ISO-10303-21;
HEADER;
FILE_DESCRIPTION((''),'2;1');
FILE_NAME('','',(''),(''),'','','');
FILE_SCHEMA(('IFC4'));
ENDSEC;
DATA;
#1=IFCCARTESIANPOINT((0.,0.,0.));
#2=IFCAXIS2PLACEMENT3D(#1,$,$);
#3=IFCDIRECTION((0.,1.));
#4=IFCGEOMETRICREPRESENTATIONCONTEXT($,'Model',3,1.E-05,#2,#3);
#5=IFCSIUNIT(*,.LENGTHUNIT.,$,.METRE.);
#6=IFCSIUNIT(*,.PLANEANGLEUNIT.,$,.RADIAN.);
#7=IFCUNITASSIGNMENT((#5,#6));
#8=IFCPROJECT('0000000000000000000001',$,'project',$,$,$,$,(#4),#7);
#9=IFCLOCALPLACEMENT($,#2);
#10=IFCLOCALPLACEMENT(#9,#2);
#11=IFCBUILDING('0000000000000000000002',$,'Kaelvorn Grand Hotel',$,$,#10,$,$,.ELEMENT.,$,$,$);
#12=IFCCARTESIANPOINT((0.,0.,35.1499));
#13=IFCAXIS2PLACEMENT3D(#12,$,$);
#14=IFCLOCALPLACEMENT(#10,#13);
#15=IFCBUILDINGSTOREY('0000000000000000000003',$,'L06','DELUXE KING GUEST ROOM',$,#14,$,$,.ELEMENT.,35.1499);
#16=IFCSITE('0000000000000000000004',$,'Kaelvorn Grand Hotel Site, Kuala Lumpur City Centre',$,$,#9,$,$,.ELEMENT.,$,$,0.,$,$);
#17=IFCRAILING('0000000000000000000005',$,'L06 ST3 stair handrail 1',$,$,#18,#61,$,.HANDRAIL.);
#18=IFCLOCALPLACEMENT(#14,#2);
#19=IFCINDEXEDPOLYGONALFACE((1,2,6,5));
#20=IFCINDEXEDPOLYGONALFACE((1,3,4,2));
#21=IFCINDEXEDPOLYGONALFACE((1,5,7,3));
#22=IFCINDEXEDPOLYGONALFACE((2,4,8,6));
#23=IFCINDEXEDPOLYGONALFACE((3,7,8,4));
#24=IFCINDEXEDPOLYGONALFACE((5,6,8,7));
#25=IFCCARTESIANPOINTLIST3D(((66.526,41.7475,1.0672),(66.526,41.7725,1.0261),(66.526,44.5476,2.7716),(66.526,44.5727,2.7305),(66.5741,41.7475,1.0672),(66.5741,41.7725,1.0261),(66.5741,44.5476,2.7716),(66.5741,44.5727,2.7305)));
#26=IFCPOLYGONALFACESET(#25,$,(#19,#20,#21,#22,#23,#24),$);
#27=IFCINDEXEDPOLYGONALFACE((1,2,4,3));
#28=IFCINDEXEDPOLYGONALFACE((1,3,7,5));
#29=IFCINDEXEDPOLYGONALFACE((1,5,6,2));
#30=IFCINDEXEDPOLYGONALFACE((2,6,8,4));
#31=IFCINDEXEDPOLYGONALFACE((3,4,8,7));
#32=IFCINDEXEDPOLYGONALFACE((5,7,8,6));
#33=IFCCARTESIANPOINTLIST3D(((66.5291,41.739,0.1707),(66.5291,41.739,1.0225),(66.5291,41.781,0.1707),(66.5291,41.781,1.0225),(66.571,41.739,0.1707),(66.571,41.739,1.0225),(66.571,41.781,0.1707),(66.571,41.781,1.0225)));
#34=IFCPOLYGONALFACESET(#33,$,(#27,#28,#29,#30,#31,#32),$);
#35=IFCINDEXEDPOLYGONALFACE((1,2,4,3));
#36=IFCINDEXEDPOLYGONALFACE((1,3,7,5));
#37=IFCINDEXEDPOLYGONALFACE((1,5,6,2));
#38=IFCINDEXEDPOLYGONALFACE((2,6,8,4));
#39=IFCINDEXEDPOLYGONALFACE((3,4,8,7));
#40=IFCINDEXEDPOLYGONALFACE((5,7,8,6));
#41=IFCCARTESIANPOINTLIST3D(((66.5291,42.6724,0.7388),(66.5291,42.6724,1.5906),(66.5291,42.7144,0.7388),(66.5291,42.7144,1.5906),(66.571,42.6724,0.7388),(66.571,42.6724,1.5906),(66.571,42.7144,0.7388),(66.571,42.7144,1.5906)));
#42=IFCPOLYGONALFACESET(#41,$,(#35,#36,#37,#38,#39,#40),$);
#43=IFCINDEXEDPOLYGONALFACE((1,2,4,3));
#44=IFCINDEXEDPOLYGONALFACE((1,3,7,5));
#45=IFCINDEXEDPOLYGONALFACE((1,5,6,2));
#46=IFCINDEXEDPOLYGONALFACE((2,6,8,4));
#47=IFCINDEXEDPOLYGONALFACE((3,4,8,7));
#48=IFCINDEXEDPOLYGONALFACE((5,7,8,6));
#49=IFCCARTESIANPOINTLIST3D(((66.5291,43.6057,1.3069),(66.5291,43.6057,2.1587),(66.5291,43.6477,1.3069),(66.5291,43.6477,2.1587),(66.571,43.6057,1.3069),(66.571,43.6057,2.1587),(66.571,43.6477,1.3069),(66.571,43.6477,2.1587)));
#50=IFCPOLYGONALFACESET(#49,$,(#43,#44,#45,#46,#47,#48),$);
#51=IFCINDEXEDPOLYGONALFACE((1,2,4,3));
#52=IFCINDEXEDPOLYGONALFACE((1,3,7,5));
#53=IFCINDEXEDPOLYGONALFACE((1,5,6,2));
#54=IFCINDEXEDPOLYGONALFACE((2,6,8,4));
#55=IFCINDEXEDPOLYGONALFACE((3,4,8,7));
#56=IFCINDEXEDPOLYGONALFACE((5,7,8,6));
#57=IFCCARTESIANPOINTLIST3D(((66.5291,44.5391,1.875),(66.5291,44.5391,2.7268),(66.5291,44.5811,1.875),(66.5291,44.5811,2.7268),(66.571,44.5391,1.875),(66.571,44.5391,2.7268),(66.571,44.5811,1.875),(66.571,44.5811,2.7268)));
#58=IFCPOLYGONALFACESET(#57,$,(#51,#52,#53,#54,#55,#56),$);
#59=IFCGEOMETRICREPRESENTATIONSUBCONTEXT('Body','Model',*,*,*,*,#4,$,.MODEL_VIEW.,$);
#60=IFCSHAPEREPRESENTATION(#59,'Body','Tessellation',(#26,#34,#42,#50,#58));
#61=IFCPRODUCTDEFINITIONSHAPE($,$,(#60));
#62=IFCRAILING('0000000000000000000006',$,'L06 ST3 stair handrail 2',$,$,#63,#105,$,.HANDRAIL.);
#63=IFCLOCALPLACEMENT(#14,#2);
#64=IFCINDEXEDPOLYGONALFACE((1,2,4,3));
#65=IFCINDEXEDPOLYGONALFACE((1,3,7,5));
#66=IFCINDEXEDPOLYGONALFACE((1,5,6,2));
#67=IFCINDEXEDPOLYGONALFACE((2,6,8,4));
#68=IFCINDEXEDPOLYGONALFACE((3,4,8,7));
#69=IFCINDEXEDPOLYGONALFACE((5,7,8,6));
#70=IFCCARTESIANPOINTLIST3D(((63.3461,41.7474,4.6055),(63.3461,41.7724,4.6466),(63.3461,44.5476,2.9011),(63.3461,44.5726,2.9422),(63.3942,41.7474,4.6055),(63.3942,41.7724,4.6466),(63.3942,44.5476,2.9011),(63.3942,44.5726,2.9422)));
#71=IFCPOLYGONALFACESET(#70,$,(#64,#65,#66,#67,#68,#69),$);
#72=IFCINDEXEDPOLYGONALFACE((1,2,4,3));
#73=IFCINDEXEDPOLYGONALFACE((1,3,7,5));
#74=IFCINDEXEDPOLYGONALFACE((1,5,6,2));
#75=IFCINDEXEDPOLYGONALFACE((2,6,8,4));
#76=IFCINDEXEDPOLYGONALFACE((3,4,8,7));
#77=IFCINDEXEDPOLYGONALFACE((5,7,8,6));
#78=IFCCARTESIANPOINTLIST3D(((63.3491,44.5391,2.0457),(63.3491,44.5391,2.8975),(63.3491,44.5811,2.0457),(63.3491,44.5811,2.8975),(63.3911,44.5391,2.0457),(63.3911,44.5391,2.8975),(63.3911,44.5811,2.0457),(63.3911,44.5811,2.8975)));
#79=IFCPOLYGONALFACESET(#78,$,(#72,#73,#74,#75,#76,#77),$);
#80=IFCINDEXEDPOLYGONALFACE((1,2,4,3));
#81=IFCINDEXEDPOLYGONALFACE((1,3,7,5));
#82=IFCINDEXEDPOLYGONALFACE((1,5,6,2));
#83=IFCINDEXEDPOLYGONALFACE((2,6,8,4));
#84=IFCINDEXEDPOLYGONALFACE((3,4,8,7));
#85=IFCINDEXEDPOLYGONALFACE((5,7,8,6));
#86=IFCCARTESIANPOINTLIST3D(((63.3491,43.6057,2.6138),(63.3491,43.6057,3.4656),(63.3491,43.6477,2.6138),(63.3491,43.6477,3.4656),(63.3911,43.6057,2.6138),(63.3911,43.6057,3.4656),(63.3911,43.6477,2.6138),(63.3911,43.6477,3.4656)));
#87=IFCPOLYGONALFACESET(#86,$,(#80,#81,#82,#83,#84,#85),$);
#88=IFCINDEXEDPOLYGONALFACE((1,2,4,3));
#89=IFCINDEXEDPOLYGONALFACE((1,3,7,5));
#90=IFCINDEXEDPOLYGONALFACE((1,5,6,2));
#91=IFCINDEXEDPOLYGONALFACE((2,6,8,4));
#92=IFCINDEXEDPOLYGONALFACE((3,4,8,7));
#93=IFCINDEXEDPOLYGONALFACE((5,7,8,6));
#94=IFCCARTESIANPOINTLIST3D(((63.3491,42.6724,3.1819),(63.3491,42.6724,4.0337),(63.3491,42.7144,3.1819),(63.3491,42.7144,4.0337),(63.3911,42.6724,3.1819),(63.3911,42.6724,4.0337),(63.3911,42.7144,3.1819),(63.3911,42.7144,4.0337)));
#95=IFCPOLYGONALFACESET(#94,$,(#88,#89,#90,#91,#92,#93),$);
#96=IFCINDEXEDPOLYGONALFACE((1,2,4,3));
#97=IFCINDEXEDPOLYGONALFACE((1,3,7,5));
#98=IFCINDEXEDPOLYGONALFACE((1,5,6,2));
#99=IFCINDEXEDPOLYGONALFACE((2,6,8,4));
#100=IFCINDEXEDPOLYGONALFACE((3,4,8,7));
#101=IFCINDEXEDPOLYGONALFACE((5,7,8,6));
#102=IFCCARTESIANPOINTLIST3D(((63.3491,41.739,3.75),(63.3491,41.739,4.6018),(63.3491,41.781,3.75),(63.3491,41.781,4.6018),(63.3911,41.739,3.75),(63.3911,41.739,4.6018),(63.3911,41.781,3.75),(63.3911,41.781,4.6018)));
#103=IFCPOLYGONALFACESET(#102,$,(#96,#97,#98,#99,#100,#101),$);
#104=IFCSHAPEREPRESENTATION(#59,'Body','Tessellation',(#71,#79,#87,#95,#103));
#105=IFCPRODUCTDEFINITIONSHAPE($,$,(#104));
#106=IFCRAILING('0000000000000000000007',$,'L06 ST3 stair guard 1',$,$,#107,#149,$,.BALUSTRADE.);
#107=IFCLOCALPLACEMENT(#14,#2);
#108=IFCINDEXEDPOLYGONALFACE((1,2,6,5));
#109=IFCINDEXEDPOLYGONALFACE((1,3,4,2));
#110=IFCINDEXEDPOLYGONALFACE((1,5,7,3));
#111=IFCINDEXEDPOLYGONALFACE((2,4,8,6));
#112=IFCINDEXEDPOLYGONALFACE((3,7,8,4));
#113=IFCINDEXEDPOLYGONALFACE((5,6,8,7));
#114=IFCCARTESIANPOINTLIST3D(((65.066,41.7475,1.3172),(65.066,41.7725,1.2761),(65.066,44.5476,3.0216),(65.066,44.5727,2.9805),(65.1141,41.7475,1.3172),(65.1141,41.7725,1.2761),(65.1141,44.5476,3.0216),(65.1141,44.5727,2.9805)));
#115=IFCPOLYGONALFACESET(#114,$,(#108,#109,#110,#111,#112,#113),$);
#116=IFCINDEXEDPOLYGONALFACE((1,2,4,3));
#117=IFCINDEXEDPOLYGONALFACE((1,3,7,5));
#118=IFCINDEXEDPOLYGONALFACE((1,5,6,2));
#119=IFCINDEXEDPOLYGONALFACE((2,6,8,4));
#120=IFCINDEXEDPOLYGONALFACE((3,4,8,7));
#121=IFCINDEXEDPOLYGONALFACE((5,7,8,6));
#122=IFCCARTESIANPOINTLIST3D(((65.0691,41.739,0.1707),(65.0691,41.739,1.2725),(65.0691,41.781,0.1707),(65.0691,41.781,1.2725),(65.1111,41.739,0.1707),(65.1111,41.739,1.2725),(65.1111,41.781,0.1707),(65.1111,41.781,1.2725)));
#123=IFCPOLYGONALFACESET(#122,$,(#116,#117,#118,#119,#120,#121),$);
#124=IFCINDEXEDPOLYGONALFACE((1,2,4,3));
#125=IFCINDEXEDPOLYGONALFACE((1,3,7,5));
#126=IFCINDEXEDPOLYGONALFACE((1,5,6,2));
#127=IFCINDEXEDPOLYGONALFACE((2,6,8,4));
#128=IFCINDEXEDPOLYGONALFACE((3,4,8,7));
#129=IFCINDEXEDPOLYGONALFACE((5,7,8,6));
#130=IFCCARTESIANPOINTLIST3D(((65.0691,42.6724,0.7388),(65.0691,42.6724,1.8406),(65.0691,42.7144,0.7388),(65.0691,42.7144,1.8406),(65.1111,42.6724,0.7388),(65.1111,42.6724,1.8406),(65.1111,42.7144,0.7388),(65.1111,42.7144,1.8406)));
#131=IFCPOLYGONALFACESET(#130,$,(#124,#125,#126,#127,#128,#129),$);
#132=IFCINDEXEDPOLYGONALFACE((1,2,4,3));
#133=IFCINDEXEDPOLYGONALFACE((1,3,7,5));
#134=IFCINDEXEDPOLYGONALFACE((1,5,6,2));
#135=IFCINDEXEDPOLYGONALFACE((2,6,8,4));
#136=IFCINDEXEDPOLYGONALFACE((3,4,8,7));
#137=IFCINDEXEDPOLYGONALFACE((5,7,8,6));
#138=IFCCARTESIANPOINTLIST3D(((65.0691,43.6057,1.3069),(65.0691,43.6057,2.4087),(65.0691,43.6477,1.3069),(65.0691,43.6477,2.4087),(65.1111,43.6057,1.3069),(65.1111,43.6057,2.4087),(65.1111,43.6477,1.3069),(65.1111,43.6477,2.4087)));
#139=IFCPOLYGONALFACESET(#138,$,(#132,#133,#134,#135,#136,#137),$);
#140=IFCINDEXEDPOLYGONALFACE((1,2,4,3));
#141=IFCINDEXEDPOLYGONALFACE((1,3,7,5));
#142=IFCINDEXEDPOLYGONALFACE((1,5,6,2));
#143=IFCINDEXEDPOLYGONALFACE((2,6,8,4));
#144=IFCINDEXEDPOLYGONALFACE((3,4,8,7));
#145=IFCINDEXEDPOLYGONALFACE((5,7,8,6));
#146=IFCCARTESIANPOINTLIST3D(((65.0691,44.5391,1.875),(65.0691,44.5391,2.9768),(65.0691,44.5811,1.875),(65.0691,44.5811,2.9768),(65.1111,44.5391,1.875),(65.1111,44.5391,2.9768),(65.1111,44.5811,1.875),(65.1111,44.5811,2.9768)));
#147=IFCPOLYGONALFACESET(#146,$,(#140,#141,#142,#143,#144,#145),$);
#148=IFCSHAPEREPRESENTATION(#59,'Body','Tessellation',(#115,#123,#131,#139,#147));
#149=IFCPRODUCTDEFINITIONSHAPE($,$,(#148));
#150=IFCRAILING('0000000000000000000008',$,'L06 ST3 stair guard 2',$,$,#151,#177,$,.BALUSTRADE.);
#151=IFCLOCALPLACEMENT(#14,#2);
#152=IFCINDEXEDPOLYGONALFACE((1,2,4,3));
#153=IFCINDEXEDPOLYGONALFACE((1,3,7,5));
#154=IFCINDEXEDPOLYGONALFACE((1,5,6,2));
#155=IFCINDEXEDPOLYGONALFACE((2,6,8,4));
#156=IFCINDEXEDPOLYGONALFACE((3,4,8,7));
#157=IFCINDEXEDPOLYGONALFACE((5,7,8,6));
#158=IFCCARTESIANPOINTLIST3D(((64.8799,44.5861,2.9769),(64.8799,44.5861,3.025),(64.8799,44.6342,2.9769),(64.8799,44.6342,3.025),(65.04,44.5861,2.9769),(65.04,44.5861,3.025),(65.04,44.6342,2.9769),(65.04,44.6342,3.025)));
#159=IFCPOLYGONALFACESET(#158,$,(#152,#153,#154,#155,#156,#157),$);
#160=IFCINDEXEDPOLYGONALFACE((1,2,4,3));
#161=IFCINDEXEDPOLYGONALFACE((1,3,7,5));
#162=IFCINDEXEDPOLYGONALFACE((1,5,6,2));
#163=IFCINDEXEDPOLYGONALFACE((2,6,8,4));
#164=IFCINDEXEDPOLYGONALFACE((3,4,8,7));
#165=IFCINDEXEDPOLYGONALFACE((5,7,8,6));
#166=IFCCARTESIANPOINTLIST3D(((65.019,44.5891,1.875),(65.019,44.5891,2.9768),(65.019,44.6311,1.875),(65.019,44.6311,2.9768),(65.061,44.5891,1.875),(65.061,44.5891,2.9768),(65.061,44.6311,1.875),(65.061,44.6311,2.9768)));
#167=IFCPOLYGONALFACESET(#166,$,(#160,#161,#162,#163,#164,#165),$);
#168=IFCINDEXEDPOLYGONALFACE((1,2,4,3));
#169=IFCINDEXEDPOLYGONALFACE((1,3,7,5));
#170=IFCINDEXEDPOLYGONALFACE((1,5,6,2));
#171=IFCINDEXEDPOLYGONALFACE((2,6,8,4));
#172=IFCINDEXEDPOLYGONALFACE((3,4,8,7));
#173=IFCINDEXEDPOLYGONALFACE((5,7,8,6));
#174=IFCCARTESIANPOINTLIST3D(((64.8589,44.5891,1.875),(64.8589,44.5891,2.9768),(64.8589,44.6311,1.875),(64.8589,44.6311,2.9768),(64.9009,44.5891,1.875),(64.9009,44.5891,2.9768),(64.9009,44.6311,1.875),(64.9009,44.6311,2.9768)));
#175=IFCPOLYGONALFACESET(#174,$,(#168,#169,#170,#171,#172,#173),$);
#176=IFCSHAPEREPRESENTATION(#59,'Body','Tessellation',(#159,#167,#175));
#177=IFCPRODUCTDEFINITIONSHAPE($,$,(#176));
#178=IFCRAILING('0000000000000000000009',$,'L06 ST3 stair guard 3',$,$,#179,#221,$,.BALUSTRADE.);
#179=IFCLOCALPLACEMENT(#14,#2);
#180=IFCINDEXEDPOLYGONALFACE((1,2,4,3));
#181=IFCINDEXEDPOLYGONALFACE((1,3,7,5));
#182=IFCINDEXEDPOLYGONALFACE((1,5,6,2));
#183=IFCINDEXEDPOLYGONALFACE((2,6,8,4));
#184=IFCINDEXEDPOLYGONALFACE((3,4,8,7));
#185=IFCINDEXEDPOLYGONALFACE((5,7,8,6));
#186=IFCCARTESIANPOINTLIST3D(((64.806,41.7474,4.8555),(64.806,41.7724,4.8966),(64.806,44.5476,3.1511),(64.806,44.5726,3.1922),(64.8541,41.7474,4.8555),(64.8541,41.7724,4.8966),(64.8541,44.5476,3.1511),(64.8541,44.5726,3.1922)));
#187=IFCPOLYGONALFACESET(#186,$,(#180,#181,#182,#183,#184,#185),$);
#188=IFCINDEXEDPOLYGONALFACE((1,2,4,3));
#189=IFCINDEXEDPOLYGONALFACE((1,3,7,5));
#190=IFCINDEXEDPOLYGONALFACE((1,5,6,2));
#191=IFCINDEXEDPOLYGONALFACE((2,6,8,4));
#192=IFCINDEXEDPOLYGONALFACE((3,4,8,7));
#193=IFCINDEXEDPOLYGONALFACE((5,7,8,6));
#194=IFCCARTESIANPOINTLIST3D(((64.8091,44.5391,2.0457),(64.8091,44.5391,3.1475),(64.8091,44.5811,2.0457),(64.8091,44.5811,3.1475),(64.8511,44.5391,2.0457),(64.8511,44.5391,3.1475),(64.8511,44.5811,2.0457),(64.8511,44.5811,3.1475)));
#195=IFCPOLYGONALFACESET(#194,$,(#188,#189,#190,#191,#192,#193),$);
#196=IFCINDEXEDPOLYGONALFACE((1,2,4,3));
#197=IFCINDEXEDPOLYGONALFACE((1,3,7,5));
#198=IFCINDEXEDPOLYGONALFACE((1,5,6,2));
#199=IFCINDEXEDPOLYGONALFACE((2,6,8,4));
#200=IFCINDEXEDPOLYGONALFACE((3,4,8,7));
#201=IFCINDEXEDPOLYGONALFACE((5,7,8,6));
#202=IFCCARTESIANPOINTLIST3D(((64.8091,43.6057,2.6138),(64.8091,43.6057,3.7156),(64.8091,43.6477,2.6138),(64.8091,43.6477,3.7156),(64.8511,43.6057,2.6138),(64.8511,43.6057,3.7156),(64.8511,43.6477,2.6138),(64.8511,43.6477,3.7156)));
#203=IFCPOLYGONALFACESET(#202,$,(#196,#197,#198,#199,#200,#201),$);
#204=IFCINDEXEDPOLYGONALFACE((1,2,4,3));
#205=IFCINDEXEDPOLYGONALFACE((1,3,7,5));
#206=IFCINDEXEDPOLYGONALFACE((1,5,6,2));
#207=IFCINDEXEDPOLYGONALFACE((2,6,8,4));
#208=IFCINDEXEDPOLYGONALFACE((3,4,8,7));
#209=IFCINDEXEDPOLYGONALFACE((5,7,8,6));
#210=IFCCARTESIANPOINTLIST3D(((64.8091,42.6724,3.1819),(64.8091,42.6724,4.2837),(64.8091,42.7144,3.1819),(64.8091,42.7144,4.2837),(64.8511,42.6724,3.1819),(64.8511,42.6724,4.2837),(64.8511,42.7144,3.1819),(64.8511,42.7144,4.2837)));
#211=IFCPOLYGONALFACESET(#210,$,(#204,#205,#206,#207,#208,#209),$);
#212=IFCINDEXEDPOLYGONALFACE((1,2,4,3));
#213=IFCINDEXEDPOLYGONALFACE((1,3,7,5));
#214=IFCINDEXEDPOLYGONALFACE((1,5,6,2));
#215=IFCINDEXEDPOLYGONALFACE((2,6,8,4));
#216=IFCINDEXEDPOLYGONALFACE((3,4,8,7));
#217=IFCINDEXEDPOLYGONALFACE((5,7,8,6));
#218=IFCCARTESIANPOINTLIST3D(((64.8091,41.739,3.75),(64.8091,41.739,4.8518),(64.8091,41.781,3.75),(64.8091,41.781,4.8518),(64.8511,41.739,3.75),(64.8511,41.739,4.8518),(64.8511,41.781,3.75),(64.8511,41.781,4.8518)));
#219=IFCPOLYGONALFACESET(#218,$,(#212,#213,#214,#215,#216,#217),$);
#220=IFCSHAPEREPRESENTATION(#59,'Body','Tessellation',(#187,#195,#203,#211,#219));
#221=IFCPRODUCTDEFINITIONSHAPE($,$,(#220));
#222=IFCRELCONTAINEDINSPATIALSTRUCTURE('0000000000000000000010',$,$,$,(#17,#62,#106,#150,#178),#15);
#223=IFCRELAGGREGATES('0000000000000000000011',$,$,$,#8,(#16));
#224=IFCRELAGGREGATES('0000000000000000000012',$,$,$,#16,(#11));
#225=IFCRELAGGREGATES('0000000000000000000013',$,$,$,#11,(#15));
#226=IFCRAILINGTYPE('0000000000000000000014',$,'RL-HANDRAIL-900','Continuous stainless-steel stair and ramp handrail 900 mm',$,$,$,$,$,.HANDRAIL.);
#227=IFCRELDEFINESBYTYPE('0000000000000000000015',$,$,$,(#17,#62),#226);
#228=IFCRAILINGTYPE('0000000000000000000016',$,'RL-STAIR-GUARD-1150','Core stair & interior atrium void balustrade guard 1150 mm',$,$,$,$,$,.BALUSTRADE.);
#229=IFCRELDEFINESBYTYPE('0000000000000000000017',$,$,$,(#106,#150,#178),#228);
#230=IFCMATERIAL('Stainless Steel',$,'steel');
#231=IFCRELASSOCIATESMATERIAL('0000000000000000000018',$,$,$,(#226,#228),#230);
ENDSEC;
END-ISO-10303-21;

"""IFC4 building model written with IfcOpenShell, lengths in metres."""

from ifc_helpers import new_model, si_unit, direction, frame, origin, origin_2d, place, context, subcontext, project, spatial, rectangle, extrude, material, type_object, element, save


model = new_model("IFC4")

# Units and contexts
model_context = context("Model", 3, precision=1e-05, world=origin(), true_north=direction((0.0, 1.0)))
body_context = subcontext(model_context, "Body", "Model", "MODEL_VIEW")
ifc_project = project(units=[si_unit("LENGTHUNIT", "METRE"), si_unit("PLANEANGLEUNIT", "RADIAN")], contexts=[model_context])

# Site, building, storey
site_placement = place(None, origin())
site = spatial("IfcSite", under=ifc_project, at=site_placement, Name="Kaelvorn Grand Hotel Site, Kuala Lumpur City Centre", CompositionType="ELEMENT", RefElevation=0.0)
building_placement = place(site_placement, origin())
building = spatial("IfcBuilding", under=site, at=building_placement, Name="Kaelvorn Grand Hotel", CompositionType="ELEMENT")
storey_placement = place(building_placement, frame((0.0, 0.0, 35.1499)))
storey = spatial("IfcBuildingStorey", under=building, at=storey_placement, Name="L06", Description="DELUXE KING GUEST ROOM", CompositionType="ELEMENT", Elevation=35.1499)

# Shared definitions
ifc_material_1 = material(Name="Stainless Steel", Category="steel")

# Railings
railing_type_1 = type_object("IfcRailingType", Name="RL-HANDRAIL-900", Description="Continuous stainless-steel stair and ramp handrail 900 mm", PredefinedType="HANDRAIL", material=ifc_material_1)
railing_1_placement = place(storey_placement, frame((66.55, 41.76, 0.1707)))
element("IfcRailing", 1, at=railing_1_placement, inside=storey, type_object=railing_type_1, Name="L06 ST3 stair handrail 1", PredefinedType="HANDRAIL", context=body_context, shape_type="SweptSolid", body=[
    extrude(rectangle(XDim=0.0481, YDim=0.0481, at=origin_2d()), frame((0.0, 0.0, 0.876), z_axis=(0.0, 0.854203, 0.51994), x_axis=(-1.0, 0.0, 0.0)), (0.0, 0.0, 1.0), 3.2781),
    extrude(rectangle(XDim=0.042, YDim=0.042, at=origin_2d()), origin(), (0.0, 0.0, 1.0), 0.8518),
    extrude(rectangle(XDim=0.042, YDim=0.042, at=origin_2d()), frame((0.0, 0.9333, 0.5681)), (0.0, 0.0, 1.0), 0.8518),
    extrude(rectangle(XDim=0.042, YDim=0.042, at=origin_2d()), frame((0.0, 1.8667, 1.1362)), (0.0, 0.0, 1.0), 0.8518),
    extrude(rectangle(XDim=0.042, YDim=0.042, at=origin_2d()), frame((0.0, 2.8, 1.7043)), (0.0, 0.0, 1.0), 0.8518),
])
railing_2_placement = place(storey_placement, frame((63.3701, 44.5601, 2.0457)))
element("IfcRailing", 2, at=railing_2_placement, inside=storey, type_object=railing_type_1, Name="L06 ST3 stair handrail 2", PredefinedType="HANDRAIL", context=body_context, shape_type="SweptSolid", body=[
    extrude(rectangle(XDim=0.0481, YDim=0.0481, at=origin_2d()), frame((0.0, 0.0, 0.876), z_axis=(0.0, -0.854203, 0.51994), x_axis=(1.0, 0.0, 0.0)), (0.0, 0.0, 1.0), 3.2781),
    extrude(rectangle(XDim=0.042, YDim=0.042, at=origin_2d()), origin(), (0.0, 0.0, 1.0), 0.8518),
    extrude(rectangle(XDim=0.042, YDim=0.042, at=origin_2d()), frame((0.0, -0.9333, 0.5681)), (0.0, 0.0, 1.0), 0.8518),
    extrude(rectangle(XDim=0.042, YDim=0.042, at=origin_2d()), frame((0.0, -1.8667, 1.1362)), (0.0, 0.0, 1.0), 0.8518),
    extrude(rectangle(XDim=0.042, YDim=0.042, at=origin_2d()), frame((0.0, -2.8, 1.7043)), (0.0, 0.0, 1.0), 0.8518),
])
railing_type_2 = type_object("IfcRailingType", Name="RL-STAIR-GUARD-1150", Description="Core stair & interior atrium void balustrade guard 1150 mm", PredefinedType="BALUSTRADE", material=ifc_material_1)
railing_3_placement = place(storey_placement, frame((65.0901, 41.76, 0.1707)))
element("IfcRailing", 3, at=railing_3_placement, inside=storey, type_object=railing_type_2, Name="L06 ST3 stair guard 1", PredefinedType="BALUSTRADE", context=body_context, shape_type="SweptSolid", body=[
    extrude(rectangle(XDim=0.0481, YDim=0.0481, at=origin_2d()), frame((0.0, 0.0, 1.126), z_axis=(0.0, 0.854203, 0.51994), x_axis=(-1.0, 0.0, 0.0)), (0.0, 0.0, 1.0), 3.2781),
    extrude(rectangle(XDim=0.042, YDim=0.042, at=origin_2d()), origin(), (0.0, 0.0, 1.0), 1.1018),
    extrude(rectangle(XDim=0.042, YDim=0.042, at=origin_2d()), frame((0.0, 0.9333, 0.5681)), (0.0, 0.0, 1.0), 1.1018),
    extrude(rectangle(XDim=0.042, YDim=0.042, at=origin_2d()), frame((0.0, 1.8667, 1.1362)), (0.0, 0.0, 1.0), 1.1018),
    extrude(rectangle(XDim=0.042, YDim=0.042, at=origin_2d()), frame((0.0, 2.8, 1.7043)), (0.0, 0.0, 1.0), 1.1018),
])
railing_4_placement = place(storey_placement, frame((65.04, 44.6101, 1.875)))
element("IfcRailing", 4, at=railing_4_placement, inside=storey, type_object=railing_type_2, Name="L06 ST3 stair guard 2", PredefinedType="BALUSTRADE", context=body_context, shape_type="SweptSolid", body=[
    extrude(rectangle(XDim=0.0481, YDim=0.0481, at=origin_2d()), frame((0.0, 0.0, 1.126), z_axis=(-1.0, 0.0, 0.0), x_axis=(0.0, -1.0, 0.0)), (0.0, 0.0, 1.0), 0.1602),
    extrude(rectangle(XDim=0.042, YDim=0.042, at=origin_2d()), origin(), (0.0, 0.0, 1.0), 1.1018),
    extrude(rectangle(XDim=0.042, YDim=0.042, at=origin_2d()), frame((-0.1602, 0.0, 0.0)), (0.0, 0.0, 1.0), 1.1018),
])
railing_5_placement = place(storey_placement, frame((64.8301, 44.5601, 2.0457)))
element("IfcRailing", 5, at=railing_5_placement, inside=storey, type_object=railing_type_2, Name="L06 ST3 stair guard 3", PredefinedType="BALUSTRADE", context=body_context, shape_type="SweptSolid", body=[
    extrude(rectangle(XDim=0.0481, YDim=0.0481, at=origin_2d()), frame((0.0, 0.0, 1.126), z_axis=(0.0, -0.854203, 0.51994), x_axis=(1.0, 0.0, 0.0)), (0.0, 0.0, 1.0), 3.2781),
    extrude(rectangle(XDim=0.042, YDim=0.042, at=origin_2d()), origin(), (0.0, 0.0, 1.0), 1.1018),
    extrude(rectangle(XDim=0.042, YDim=0.042, at=origin_2d()), frame((0.0, -0.9333, 0.5681)), (0.0, 0.0, 1.0), 1.1018),
    extrude(rectangle(XDim=0.042, YDim=0.042, at=origin_2d()), frame((0.0, -1.8667, 1.1362)), (0.0, 0.0, 1.0), 1.1018),
    extrude(rectangle(XDim=0.042, YDim=0.042, at=origin_2d()), frame((0.0, -2.8, 1.7043)), (0.0, 0.0, 1.0), 1.1018),
])

save(model, "model.ifc")
